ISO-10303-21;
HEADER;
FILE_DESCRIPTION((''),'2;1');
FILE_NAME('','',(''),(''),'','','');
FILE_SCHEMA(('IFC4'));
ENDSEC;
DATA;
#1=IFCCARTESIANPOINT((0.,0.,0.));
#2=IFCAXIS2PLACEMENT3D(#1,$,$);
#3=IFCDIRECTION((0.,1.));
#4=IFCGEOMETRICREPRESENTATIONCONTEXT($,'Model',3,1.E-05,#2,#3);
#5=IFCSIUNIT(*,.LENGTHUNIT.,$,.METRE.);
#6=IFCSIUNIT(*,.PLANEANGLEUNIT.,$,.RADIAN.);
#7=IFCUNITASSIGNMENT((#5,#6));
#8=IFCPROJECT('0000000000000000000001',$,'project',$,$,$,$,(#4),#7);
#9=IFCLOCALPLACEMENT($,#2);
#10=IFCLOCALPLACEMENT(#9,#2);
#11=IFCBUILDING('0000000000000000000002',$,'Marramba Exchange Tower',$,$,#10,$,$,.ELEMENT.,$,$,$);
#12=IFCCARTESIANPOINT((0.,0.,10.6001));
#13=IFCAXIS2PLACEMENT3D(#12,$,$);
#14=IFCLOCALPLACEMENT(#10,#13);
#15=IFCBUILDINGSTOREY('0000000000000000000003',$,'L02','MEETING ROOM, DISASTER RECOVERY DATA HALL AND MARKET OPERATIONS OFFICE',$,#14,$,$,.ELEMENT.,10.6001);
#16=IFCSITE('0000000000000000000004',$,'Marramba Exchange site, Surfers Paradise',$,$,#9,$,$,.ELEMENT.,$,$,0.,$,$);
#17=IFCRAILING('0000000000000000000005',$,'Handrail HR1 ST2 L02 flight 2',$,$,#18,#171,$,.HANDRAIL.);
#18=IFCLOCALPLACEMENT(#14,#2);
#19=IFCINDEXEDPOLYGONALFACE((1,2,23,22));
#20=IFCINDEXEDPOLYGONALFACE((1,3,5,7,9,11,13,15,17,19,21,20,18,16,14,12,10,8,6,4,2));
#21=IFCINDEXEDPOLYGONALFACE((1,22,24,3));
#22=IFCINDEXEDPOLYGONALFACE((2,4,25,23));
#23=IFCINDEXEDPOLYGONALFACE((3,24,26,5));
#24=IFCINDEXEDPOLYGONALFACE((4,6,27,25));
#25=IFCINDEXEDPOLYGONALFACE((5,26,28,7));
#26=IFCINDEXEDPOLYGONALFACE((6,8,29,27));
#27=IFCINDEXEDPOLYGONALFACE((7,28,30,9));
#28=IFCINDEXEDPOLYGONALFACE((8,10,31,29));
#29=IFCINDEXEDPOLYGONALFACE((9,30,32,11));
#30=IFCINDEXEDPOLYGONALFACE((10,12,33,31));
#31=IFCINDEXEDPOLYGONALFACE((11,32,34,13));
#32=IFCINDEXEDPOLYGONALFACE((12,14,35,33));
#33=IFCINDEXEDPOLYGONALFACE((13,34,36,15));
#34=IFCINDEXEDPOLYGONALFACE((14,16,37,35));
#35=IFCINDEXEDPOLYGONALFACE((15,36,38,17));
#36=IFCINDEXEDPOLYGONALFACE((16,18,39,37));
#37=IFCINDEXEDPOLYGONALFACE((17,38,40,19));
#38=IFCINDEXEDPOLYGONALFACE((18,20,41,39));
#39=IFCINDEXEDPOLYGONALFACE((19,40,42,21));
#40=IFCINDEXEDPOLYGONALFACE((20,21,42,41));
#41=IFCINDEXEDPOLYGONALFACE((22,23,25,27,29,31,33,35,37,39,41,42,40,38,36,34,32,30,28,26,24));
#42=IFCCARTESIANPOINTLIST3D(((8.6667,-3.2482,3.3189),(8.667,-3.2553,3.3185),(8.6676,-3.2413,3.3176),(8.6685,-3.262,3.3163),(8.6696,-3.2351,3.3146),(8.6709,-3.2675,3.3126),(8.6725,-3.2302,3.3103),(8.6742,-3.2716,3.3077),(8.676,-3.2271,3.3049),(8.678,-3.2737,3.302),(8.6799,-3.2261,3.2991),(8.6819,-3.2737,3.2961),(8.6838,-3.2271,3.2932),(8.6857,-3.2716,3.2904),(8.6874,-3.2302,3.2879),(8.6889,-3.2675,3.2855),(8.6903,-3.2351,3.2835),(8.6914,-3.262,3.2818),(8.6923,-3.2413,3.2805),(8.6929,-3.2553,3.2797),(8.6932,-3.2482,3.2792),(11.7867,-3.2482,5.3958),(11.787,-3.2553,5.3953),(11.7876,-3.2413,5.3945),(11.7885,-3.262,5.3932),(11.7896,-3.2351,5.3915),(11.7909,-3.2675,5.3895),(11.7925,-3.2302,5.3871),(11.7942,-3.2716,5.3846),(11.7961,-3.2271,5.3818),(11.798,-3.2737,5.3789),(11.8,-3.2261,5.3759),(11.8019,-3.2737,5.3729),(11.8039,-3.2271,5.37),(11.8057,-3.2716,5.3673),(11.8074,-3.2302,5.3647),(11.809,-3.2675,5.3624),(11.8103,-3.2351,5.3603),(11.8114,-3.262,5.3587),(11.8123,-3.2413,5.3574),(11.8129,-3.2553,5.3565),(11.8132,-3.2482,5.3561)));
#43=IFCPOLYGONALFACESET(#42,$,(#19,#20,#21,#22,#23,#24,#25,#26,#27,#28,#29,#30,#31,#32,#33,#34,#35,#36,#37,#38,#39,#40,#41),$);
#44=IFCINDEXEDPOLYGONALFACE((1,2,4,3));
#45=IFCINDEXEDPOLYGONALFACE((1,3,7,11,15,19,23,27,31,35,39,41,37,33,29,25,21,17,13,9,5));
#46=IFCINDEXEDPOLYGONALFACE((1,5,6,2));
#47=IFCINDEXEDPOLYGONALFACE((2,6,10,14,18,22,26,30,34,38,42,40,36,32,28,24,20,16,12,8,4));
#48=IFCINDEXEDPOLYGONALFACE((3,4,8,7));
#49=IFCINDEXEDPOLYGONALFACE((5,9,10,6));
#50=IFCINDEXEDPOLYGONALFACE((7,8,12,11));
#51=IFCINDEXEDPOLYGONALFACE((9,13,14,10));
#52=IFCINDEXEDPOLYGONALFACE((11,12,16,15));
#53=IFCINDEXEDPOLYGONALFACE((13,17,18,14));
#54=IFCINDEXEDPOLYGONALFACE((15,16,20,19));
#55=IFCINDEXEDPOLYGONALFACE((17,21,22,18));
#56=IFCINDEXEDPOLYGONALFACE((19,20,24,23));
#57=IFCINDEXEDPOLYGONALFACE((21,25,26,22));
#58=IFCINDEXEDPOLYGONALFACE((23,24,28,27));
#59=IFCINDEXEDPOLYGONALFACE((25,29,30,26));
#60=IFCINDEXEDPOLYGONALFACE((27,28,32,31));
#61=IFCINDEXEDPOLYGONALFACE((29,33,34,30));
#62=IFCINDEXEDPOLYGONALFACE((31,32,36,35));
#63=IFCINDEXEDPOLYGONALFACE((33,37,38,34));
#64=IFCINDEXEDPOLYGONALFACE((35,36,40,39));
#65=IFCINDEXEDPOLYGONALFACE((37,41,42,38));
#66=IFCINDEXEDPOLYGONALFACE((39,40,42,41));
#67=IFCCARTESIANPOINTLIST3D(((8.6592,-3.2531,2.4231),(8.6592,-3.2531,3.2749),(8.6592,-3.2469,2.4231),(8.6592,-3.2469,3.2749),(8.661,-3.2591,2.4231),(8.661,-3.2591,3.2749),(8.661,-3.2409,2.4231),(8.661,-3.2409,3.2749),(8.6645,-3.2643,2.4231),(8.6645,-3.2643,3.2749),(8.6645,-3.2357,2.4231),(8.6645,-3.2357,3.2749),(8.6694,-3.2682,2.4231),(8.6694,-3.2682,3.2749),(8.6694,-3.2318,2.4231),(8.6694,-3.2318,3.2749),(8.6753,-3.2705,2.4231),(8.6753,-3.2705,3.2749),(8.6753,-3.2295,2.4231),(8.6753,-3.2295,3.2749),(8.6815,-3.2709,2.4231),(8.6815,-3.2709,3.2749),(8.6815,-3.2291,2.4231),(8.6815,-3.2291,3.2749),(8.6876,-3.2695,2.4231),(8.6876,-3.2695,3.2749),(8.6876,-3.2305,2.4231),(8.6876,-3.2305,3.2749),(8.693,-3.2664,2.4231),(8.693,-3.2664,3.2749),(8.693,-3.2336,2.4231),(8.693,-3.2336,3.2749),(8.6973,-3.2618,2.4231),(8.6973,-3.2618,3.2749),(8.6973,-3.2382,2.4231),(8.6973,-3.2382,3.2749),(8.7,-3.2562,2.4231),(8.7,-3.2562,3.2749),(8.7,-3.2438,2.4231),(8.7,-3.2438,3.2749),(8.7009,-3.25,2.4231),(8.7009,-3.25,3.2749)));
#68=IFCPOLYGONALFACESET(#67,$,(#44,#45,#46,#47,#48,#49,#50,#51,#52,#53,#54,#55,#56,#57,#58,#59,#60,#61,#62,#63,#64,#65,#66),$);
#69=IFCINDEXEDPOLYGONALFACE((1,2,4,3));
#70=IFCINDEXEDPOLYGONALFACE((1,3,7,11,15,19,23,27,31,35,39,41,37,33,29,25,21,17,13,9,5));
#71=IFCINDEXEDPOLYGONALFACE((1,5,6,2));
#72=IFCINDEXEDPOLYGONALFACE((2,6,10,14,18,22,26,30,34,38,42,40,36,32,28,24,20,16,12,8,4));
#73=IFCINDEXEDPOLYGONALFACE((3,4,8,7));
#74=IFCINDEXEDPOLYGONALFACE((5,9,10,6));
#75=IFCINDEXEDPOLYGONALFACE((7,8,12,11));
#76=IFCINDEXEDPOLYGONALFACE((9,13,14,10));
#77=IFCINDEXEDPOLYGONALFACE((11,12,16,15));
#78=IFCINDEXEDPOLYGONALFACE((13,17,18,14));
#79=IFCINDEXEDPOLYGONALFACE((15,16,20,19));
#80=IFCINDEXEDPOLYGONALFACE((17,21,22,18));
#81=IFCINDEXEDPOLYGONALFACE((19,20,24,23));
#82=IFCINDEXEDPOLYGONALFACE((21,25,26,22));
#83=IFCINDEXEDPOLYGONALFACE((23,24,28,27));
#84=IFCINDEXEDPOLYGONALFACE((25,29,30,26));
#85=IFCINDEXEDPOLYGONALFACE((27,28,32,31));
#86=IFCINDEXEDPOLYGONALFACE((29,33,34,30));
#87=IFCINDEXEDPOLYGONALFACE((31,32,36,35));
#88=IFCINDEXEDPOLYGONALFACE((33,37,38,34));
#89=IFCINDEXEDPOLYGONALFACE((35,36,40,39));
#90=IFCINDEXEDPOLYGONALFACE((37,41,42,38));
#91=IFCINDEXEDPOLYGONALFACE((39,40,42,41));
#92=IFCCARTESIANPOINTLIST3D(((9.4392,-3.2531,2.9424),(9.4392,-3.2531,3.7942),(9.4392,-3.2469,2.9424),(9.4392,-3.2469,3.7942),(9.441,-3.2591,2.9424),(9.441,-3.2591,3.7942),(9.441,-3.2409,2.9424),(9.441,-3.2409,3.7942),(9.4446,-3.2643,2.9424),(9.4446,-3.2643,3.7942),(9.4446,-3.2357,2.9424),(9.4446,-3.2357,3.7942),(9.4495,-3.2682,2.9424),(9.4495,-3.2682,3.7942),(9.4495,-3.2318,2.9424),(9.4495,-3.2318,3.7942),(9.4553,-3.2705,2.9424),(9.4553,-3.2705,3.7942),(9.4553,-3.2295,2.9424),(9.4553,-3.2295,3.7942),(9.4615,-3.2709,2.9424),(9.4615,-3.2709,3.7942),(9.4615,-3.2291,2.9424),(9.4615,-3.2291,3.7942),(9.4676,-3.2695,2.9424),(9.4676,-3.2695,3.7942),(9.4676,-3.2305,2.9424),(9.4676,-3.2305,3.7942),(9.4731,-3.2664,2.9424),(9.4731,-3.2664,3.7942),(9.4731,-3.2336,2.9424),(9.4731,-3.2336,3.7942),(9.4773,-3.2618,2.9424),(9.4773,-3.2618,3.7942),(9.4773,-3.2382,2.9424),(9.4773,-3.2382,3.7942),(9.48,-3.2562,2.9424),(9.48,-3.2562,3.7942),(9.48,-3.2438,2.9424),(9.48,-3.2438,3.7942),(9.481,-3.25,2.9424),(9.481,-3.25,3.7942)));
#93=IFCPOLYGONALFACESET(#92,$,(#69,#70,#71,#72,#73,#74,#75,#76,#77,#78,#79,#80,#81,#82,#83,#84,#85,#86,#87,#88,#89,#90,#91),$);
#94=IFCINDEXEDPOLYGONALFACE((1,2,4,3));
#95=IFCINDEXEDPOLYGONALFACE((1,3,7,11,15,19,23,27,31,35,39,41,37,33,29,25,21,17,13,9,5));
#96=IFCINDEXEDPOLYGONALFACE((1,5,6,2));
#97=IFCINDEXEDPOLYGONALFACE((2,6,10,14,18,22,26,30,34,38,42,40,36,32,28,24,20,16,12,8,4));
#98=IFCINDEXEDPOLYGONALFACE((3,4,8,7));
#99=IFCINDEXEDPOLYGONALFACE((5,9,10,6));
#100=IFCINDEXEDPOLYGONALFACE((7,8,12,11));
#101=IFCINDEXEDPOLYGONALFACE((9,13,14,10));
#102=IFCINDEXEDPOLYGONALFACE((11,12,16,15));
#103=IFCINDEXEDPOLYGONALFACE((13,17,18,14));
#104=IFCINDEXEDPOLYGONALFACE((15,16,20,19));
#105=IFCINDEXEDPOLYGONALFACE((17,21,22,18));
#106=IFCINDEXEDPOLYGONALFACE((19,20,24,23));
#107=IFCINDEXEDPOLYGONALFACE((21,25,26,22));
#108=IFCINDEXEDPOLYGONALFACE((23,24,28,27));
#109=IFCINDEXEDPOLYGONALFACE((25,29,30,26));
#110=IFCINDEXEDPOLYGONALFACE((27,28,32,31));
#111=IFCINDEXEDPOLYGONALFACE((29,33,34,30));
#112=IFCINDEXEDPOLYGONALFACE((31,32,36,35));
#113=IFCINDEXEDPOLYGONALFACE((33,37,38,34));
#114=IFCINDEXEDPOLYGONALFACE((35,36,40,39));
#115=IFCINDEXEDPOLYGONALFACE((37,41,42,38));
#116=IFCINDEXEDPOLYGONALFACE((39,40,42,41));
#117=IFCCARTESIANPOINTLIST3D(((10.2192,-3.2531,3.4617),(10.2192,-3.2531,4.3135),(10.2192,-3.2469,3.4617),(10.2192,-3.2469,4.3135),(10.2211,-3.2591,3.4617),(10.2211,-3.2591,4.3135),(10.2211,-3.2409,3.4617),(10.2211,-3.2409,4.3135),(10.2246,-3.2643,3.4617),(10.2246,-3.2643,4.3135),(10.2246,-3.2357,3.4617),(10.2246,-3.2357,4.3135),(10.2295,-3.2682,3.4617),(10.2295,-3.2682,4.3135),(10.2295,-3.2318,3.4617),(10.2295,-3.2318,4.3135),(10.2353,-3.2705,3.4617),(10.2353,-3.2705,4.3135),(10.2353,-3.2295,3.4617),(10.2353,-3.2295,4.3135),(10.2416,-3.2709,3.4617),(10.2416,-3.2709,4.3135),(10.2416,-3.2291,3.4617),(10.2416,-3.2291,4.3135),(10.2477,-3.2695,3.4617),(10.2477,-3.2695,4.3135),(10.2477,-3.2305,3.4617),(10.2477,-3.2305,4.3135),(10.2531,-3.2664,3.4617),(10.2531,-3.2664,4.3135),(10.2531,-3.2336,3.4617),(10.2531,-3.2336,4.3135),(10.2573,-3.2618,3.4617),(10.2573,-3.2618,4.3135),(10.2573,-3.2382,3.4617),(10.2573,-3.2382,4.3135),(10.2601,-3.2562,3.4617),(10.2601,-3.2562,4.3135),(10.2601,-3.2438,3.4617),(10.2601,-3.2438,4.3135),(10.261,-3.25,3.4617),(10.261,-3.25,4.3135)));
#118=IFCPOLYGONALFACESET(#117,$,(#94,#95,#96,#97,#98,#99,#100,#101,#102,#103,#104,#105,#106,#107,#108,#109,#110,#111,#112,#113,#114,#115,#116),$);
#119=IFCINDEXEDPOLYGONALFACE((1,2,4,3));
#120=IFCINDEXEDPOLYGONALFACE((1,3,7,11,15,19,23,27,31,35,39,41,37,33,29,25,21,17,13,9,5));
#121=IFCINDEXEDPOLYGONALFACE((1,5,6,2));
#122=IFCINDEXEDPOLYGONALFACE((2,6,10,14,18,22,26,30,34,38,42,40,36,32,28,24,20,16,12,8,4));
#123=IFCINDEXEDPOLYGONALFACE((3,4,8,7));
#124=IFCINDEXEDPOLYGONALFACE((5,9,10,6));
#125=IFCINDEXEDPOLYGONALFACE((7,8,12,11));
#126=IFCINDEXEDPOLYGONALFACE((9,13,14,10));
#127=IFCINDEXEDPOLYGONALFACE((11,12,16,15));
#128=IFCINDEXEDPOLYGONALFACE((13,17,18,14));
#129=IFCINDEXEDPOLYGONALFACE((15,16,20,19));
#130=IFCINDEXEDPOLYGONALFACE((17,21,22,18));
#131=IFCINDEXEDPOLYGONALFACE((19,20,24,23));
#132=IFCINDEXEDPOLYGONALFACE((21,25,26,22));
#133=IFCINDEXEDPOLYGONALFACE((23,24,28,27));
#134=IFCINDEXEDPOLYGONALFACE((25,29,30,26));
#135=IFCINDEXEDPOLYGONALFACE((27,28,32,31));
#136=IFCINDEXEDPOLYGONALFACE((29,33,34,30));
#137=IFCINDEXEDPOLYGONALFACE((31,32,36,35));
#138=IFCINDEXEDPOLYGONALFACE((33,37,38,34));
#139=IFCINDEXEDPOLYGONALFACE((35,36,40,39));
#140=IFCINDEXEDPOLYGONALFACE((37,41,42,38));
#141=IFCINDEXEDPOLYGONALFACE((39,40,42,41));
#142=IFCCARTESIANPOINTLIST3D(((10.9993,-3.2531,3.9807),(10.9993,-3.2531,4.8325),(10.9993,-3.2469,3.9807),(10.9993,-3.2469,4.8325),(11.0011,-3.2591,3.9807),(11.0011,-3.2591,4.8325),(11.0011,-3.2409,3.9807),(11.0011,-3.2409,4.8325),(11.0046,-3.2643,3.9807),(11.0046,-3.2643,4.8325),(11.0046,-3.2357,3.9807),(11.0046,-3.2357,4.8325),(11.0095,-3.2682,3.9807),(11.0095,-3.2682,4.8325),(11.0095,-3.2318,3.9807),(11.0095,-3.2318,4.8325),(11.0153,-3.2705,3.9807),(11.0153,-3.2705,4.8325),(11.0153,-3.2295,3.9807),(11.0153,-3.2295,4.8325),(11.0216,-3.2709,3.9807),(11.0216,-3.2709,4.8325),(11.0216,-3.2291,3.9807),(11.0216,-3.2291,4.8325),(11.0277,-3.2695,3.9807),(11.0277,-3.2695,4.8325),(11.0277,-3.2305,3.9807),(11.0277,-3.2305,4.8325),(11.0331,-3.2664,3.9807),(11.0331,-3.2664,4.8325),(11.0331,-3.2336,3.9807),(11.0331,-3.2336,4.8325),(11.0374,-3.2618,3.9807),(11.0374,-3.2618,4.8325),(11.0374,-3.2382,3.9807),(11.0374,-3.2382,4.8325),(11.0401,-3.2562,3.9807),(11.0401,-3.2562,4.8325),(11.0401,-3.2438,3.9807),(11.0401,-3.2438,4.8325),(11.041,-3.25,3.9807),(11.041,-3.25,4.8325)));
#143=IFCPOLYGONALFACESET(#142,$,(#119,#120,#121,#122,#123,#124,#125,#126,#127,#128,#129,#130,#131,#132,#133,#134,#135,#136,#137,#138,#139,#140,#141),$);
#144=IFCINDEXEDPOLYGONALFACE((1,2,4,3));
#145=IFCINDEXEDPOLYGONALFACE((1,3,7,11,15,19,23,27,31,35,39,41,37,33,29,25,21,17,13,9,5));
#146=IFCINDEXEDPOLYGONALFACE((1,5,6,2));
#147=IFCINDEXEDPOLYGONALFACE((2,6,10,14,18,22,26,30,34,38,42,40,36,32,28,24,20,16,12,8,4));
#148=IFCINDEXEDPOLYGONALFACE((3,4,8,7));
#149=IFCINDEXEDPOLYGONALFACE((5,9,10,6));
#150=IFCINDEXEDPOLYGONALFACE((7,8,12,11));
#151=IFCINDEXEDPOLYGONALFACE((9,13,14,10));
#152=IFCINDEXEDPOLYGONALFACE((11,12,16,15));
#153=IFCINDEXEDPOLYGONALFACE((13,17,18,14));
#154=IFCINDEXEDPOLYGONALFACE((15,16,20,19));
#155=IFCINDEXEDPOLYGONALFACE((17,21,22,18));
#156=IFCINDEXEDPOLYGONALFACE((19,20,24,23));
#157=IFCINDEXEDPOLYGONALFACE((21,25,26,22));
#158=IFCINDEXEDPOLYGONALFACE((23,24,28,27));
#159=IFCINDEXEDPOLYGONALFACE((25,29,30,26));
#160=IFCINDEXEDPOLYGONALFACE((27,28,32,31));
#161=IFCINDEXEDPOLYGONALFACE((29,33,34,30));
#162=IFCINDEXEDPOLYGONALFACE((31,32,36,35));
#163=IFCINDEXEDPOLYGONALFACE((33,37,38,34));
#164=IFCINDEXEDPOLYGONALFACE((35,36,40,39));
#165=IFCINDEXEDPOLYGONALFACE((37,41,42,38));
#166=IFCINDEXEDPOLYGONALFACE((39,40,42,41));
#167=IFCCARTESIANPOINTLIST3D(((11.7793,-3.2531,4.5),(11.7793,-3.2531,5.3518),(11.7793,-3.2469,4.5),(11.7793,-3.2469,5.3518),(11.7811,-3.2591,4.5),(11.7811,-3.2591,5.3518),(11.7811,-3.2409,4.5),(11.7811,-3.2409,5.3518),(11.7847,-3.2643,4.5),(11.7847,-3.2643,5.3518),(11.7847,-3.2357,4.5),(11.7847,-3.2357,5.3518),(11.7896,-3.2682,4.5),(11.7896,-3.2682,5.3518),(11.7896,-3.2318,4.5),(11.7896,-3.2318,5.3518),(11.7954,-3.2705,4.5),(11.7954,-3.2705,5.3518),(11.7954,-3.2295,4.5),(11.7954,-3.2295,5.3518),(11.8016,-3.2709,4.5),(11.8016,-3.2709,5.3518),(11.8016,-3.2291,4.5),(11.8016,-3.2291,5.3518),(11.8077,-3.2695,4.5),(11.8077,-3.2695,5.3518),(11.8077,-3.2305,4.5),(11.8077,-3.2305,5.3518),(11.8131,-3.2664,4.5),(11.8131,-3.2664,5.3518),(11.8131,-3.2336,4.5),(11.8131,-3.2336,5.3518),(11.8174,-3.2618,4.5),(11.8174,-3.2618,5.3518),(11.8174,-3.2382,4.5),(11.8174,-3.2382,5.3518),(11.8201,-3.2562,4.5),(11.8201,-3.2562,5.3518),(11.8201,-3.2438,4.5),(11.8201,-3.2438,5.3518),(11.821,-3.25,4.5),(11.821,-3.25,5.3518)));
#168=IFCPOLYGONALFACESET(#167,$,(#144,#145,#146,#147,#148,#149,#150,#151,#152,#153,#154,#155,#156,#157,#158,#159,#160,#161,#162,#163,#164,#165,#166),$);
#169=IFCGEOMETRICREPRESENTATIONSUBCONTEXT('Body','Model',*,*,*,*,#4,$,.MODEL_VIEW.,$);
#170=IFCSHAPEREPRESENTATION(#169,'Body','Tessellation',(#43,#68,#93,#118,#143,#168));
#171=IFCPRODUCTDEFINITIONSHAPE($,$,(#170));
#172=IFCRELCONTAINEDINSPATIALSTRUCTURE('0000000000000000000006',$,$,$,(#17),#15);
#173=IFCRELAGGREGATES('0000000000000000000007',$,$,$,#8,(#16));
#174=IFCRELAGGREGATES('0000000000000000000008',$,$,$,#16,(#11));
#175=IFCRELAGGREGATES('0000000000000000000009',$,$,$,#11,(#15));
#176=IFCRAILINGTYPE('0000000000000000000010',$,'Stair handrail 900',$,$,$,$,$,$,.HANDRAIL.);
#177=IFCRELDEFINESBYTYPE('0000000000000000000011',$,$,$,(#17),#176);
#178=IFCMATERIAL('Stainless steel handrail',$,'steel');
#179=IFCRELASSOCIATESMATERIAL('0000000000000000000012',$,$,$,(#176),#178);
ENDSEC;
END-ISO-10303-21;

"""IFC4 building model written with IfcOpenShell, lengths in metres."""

from ifc_helpers import new_model, si_unit, direction, frame, origin, origin_2d, place, context, subcontext, project, spatial, circle, extrude, material, type_object, element, save


model = new_model("IFC4")

# Units and contexts
model_context = context("Model", 3, precision=1e-05, world=origin(), true_north=direction((0.0, 1.0)))
body_context = subcontext(model_context, "Body", "Model", "MODEL_VIEW")
ifc_project = project(units=[si_unit("LENGTHUNIT", "METRE"), si_unit("PLANEANGLEUNIT", "RADIAN")], contexts=[model_context])

# Site, building, storey
site_placement = place(None, origin())
site = spatial("IfcSite", under=ifc_project, at=site_placement, Name="Marramba Exchange site, Surfers Paradise", CompositionType="ELEMENT", RefElevation=0.0)
building_placement = place(site_placement, origin())
building = spatial("IfcBuilding", under=site, at=building_placement, Name="Marramba Exchange Tower", CompositionType="ELEMENT")
storey_placement = place(building_placement, frame((0.0, 0.0, 10.6001)))
storey = spatial("IfcBuildingStorey", under=building, at=storey_placement, Name="L02", Description="MEETING ROOM, DISASTER RECOVERY DATA HALL AND MARKET OPERATIONS OFFICE", CompositionType="ELEMENT", Elevation=10.6001)

# Railing
ifc_material_1 = material(Name="Stainless steel handrail", Category="steel")
railing_type = type_object("IfcRailingType", Name="Stair handrail 900", PredefinedType="HANDRAIL", material=ifc_material_1)
railing_placement = place(storey_placement, frame((8.6799, -3.25, 2.4231)))
element("IfcRailing", 1, at=railing_placement, inside=storey, type_object=railing_type, Name="Handrail HR1 ST2 L02 flight 2", PredefinedType="HANDRAIL", context=body_context, shape_type="SweptSolid", body=[
    extrude(circle(Radius=0.0239, at=origin_2d()), frame((0.0, 0.0, 0.876), z_axis=(0.832441, 0.0, 0.554114), x_axis=(0.0, 1.0, 0.0)), (0.0, 0.0, 1.0), 3.748),
    extrude(circle(Radius=0.021, at=origin_2d()), origin(), (0.0, 0.0, 1.0), 0.8518),
    extrude(circle(Radius=0.021, at=origin_2d()), frame((0.78, 0.0, 0.5193)), (0.0, 0.0, 1.0), 0.8518),
    extrude(circle(Radius=0.021, at=origin_2d()), frame((1.5601, 0.0, 1.0386)), (0.0, 0.0, 1.0), 0.8518),
    extrude(circle(Radius=0.021, at=origin_2d()), frame((2.3401, 0.0, 1.5576)), (0.0, 0.0, 1.0), 0.8518),
    extrude(circle(Radius=0.021, at=origin_2d()), frame((3.1201, 0.0, 2.0769)), (0.0, 0.0, 1.0), 0.8518),
])

save(model, "model.ifc")
